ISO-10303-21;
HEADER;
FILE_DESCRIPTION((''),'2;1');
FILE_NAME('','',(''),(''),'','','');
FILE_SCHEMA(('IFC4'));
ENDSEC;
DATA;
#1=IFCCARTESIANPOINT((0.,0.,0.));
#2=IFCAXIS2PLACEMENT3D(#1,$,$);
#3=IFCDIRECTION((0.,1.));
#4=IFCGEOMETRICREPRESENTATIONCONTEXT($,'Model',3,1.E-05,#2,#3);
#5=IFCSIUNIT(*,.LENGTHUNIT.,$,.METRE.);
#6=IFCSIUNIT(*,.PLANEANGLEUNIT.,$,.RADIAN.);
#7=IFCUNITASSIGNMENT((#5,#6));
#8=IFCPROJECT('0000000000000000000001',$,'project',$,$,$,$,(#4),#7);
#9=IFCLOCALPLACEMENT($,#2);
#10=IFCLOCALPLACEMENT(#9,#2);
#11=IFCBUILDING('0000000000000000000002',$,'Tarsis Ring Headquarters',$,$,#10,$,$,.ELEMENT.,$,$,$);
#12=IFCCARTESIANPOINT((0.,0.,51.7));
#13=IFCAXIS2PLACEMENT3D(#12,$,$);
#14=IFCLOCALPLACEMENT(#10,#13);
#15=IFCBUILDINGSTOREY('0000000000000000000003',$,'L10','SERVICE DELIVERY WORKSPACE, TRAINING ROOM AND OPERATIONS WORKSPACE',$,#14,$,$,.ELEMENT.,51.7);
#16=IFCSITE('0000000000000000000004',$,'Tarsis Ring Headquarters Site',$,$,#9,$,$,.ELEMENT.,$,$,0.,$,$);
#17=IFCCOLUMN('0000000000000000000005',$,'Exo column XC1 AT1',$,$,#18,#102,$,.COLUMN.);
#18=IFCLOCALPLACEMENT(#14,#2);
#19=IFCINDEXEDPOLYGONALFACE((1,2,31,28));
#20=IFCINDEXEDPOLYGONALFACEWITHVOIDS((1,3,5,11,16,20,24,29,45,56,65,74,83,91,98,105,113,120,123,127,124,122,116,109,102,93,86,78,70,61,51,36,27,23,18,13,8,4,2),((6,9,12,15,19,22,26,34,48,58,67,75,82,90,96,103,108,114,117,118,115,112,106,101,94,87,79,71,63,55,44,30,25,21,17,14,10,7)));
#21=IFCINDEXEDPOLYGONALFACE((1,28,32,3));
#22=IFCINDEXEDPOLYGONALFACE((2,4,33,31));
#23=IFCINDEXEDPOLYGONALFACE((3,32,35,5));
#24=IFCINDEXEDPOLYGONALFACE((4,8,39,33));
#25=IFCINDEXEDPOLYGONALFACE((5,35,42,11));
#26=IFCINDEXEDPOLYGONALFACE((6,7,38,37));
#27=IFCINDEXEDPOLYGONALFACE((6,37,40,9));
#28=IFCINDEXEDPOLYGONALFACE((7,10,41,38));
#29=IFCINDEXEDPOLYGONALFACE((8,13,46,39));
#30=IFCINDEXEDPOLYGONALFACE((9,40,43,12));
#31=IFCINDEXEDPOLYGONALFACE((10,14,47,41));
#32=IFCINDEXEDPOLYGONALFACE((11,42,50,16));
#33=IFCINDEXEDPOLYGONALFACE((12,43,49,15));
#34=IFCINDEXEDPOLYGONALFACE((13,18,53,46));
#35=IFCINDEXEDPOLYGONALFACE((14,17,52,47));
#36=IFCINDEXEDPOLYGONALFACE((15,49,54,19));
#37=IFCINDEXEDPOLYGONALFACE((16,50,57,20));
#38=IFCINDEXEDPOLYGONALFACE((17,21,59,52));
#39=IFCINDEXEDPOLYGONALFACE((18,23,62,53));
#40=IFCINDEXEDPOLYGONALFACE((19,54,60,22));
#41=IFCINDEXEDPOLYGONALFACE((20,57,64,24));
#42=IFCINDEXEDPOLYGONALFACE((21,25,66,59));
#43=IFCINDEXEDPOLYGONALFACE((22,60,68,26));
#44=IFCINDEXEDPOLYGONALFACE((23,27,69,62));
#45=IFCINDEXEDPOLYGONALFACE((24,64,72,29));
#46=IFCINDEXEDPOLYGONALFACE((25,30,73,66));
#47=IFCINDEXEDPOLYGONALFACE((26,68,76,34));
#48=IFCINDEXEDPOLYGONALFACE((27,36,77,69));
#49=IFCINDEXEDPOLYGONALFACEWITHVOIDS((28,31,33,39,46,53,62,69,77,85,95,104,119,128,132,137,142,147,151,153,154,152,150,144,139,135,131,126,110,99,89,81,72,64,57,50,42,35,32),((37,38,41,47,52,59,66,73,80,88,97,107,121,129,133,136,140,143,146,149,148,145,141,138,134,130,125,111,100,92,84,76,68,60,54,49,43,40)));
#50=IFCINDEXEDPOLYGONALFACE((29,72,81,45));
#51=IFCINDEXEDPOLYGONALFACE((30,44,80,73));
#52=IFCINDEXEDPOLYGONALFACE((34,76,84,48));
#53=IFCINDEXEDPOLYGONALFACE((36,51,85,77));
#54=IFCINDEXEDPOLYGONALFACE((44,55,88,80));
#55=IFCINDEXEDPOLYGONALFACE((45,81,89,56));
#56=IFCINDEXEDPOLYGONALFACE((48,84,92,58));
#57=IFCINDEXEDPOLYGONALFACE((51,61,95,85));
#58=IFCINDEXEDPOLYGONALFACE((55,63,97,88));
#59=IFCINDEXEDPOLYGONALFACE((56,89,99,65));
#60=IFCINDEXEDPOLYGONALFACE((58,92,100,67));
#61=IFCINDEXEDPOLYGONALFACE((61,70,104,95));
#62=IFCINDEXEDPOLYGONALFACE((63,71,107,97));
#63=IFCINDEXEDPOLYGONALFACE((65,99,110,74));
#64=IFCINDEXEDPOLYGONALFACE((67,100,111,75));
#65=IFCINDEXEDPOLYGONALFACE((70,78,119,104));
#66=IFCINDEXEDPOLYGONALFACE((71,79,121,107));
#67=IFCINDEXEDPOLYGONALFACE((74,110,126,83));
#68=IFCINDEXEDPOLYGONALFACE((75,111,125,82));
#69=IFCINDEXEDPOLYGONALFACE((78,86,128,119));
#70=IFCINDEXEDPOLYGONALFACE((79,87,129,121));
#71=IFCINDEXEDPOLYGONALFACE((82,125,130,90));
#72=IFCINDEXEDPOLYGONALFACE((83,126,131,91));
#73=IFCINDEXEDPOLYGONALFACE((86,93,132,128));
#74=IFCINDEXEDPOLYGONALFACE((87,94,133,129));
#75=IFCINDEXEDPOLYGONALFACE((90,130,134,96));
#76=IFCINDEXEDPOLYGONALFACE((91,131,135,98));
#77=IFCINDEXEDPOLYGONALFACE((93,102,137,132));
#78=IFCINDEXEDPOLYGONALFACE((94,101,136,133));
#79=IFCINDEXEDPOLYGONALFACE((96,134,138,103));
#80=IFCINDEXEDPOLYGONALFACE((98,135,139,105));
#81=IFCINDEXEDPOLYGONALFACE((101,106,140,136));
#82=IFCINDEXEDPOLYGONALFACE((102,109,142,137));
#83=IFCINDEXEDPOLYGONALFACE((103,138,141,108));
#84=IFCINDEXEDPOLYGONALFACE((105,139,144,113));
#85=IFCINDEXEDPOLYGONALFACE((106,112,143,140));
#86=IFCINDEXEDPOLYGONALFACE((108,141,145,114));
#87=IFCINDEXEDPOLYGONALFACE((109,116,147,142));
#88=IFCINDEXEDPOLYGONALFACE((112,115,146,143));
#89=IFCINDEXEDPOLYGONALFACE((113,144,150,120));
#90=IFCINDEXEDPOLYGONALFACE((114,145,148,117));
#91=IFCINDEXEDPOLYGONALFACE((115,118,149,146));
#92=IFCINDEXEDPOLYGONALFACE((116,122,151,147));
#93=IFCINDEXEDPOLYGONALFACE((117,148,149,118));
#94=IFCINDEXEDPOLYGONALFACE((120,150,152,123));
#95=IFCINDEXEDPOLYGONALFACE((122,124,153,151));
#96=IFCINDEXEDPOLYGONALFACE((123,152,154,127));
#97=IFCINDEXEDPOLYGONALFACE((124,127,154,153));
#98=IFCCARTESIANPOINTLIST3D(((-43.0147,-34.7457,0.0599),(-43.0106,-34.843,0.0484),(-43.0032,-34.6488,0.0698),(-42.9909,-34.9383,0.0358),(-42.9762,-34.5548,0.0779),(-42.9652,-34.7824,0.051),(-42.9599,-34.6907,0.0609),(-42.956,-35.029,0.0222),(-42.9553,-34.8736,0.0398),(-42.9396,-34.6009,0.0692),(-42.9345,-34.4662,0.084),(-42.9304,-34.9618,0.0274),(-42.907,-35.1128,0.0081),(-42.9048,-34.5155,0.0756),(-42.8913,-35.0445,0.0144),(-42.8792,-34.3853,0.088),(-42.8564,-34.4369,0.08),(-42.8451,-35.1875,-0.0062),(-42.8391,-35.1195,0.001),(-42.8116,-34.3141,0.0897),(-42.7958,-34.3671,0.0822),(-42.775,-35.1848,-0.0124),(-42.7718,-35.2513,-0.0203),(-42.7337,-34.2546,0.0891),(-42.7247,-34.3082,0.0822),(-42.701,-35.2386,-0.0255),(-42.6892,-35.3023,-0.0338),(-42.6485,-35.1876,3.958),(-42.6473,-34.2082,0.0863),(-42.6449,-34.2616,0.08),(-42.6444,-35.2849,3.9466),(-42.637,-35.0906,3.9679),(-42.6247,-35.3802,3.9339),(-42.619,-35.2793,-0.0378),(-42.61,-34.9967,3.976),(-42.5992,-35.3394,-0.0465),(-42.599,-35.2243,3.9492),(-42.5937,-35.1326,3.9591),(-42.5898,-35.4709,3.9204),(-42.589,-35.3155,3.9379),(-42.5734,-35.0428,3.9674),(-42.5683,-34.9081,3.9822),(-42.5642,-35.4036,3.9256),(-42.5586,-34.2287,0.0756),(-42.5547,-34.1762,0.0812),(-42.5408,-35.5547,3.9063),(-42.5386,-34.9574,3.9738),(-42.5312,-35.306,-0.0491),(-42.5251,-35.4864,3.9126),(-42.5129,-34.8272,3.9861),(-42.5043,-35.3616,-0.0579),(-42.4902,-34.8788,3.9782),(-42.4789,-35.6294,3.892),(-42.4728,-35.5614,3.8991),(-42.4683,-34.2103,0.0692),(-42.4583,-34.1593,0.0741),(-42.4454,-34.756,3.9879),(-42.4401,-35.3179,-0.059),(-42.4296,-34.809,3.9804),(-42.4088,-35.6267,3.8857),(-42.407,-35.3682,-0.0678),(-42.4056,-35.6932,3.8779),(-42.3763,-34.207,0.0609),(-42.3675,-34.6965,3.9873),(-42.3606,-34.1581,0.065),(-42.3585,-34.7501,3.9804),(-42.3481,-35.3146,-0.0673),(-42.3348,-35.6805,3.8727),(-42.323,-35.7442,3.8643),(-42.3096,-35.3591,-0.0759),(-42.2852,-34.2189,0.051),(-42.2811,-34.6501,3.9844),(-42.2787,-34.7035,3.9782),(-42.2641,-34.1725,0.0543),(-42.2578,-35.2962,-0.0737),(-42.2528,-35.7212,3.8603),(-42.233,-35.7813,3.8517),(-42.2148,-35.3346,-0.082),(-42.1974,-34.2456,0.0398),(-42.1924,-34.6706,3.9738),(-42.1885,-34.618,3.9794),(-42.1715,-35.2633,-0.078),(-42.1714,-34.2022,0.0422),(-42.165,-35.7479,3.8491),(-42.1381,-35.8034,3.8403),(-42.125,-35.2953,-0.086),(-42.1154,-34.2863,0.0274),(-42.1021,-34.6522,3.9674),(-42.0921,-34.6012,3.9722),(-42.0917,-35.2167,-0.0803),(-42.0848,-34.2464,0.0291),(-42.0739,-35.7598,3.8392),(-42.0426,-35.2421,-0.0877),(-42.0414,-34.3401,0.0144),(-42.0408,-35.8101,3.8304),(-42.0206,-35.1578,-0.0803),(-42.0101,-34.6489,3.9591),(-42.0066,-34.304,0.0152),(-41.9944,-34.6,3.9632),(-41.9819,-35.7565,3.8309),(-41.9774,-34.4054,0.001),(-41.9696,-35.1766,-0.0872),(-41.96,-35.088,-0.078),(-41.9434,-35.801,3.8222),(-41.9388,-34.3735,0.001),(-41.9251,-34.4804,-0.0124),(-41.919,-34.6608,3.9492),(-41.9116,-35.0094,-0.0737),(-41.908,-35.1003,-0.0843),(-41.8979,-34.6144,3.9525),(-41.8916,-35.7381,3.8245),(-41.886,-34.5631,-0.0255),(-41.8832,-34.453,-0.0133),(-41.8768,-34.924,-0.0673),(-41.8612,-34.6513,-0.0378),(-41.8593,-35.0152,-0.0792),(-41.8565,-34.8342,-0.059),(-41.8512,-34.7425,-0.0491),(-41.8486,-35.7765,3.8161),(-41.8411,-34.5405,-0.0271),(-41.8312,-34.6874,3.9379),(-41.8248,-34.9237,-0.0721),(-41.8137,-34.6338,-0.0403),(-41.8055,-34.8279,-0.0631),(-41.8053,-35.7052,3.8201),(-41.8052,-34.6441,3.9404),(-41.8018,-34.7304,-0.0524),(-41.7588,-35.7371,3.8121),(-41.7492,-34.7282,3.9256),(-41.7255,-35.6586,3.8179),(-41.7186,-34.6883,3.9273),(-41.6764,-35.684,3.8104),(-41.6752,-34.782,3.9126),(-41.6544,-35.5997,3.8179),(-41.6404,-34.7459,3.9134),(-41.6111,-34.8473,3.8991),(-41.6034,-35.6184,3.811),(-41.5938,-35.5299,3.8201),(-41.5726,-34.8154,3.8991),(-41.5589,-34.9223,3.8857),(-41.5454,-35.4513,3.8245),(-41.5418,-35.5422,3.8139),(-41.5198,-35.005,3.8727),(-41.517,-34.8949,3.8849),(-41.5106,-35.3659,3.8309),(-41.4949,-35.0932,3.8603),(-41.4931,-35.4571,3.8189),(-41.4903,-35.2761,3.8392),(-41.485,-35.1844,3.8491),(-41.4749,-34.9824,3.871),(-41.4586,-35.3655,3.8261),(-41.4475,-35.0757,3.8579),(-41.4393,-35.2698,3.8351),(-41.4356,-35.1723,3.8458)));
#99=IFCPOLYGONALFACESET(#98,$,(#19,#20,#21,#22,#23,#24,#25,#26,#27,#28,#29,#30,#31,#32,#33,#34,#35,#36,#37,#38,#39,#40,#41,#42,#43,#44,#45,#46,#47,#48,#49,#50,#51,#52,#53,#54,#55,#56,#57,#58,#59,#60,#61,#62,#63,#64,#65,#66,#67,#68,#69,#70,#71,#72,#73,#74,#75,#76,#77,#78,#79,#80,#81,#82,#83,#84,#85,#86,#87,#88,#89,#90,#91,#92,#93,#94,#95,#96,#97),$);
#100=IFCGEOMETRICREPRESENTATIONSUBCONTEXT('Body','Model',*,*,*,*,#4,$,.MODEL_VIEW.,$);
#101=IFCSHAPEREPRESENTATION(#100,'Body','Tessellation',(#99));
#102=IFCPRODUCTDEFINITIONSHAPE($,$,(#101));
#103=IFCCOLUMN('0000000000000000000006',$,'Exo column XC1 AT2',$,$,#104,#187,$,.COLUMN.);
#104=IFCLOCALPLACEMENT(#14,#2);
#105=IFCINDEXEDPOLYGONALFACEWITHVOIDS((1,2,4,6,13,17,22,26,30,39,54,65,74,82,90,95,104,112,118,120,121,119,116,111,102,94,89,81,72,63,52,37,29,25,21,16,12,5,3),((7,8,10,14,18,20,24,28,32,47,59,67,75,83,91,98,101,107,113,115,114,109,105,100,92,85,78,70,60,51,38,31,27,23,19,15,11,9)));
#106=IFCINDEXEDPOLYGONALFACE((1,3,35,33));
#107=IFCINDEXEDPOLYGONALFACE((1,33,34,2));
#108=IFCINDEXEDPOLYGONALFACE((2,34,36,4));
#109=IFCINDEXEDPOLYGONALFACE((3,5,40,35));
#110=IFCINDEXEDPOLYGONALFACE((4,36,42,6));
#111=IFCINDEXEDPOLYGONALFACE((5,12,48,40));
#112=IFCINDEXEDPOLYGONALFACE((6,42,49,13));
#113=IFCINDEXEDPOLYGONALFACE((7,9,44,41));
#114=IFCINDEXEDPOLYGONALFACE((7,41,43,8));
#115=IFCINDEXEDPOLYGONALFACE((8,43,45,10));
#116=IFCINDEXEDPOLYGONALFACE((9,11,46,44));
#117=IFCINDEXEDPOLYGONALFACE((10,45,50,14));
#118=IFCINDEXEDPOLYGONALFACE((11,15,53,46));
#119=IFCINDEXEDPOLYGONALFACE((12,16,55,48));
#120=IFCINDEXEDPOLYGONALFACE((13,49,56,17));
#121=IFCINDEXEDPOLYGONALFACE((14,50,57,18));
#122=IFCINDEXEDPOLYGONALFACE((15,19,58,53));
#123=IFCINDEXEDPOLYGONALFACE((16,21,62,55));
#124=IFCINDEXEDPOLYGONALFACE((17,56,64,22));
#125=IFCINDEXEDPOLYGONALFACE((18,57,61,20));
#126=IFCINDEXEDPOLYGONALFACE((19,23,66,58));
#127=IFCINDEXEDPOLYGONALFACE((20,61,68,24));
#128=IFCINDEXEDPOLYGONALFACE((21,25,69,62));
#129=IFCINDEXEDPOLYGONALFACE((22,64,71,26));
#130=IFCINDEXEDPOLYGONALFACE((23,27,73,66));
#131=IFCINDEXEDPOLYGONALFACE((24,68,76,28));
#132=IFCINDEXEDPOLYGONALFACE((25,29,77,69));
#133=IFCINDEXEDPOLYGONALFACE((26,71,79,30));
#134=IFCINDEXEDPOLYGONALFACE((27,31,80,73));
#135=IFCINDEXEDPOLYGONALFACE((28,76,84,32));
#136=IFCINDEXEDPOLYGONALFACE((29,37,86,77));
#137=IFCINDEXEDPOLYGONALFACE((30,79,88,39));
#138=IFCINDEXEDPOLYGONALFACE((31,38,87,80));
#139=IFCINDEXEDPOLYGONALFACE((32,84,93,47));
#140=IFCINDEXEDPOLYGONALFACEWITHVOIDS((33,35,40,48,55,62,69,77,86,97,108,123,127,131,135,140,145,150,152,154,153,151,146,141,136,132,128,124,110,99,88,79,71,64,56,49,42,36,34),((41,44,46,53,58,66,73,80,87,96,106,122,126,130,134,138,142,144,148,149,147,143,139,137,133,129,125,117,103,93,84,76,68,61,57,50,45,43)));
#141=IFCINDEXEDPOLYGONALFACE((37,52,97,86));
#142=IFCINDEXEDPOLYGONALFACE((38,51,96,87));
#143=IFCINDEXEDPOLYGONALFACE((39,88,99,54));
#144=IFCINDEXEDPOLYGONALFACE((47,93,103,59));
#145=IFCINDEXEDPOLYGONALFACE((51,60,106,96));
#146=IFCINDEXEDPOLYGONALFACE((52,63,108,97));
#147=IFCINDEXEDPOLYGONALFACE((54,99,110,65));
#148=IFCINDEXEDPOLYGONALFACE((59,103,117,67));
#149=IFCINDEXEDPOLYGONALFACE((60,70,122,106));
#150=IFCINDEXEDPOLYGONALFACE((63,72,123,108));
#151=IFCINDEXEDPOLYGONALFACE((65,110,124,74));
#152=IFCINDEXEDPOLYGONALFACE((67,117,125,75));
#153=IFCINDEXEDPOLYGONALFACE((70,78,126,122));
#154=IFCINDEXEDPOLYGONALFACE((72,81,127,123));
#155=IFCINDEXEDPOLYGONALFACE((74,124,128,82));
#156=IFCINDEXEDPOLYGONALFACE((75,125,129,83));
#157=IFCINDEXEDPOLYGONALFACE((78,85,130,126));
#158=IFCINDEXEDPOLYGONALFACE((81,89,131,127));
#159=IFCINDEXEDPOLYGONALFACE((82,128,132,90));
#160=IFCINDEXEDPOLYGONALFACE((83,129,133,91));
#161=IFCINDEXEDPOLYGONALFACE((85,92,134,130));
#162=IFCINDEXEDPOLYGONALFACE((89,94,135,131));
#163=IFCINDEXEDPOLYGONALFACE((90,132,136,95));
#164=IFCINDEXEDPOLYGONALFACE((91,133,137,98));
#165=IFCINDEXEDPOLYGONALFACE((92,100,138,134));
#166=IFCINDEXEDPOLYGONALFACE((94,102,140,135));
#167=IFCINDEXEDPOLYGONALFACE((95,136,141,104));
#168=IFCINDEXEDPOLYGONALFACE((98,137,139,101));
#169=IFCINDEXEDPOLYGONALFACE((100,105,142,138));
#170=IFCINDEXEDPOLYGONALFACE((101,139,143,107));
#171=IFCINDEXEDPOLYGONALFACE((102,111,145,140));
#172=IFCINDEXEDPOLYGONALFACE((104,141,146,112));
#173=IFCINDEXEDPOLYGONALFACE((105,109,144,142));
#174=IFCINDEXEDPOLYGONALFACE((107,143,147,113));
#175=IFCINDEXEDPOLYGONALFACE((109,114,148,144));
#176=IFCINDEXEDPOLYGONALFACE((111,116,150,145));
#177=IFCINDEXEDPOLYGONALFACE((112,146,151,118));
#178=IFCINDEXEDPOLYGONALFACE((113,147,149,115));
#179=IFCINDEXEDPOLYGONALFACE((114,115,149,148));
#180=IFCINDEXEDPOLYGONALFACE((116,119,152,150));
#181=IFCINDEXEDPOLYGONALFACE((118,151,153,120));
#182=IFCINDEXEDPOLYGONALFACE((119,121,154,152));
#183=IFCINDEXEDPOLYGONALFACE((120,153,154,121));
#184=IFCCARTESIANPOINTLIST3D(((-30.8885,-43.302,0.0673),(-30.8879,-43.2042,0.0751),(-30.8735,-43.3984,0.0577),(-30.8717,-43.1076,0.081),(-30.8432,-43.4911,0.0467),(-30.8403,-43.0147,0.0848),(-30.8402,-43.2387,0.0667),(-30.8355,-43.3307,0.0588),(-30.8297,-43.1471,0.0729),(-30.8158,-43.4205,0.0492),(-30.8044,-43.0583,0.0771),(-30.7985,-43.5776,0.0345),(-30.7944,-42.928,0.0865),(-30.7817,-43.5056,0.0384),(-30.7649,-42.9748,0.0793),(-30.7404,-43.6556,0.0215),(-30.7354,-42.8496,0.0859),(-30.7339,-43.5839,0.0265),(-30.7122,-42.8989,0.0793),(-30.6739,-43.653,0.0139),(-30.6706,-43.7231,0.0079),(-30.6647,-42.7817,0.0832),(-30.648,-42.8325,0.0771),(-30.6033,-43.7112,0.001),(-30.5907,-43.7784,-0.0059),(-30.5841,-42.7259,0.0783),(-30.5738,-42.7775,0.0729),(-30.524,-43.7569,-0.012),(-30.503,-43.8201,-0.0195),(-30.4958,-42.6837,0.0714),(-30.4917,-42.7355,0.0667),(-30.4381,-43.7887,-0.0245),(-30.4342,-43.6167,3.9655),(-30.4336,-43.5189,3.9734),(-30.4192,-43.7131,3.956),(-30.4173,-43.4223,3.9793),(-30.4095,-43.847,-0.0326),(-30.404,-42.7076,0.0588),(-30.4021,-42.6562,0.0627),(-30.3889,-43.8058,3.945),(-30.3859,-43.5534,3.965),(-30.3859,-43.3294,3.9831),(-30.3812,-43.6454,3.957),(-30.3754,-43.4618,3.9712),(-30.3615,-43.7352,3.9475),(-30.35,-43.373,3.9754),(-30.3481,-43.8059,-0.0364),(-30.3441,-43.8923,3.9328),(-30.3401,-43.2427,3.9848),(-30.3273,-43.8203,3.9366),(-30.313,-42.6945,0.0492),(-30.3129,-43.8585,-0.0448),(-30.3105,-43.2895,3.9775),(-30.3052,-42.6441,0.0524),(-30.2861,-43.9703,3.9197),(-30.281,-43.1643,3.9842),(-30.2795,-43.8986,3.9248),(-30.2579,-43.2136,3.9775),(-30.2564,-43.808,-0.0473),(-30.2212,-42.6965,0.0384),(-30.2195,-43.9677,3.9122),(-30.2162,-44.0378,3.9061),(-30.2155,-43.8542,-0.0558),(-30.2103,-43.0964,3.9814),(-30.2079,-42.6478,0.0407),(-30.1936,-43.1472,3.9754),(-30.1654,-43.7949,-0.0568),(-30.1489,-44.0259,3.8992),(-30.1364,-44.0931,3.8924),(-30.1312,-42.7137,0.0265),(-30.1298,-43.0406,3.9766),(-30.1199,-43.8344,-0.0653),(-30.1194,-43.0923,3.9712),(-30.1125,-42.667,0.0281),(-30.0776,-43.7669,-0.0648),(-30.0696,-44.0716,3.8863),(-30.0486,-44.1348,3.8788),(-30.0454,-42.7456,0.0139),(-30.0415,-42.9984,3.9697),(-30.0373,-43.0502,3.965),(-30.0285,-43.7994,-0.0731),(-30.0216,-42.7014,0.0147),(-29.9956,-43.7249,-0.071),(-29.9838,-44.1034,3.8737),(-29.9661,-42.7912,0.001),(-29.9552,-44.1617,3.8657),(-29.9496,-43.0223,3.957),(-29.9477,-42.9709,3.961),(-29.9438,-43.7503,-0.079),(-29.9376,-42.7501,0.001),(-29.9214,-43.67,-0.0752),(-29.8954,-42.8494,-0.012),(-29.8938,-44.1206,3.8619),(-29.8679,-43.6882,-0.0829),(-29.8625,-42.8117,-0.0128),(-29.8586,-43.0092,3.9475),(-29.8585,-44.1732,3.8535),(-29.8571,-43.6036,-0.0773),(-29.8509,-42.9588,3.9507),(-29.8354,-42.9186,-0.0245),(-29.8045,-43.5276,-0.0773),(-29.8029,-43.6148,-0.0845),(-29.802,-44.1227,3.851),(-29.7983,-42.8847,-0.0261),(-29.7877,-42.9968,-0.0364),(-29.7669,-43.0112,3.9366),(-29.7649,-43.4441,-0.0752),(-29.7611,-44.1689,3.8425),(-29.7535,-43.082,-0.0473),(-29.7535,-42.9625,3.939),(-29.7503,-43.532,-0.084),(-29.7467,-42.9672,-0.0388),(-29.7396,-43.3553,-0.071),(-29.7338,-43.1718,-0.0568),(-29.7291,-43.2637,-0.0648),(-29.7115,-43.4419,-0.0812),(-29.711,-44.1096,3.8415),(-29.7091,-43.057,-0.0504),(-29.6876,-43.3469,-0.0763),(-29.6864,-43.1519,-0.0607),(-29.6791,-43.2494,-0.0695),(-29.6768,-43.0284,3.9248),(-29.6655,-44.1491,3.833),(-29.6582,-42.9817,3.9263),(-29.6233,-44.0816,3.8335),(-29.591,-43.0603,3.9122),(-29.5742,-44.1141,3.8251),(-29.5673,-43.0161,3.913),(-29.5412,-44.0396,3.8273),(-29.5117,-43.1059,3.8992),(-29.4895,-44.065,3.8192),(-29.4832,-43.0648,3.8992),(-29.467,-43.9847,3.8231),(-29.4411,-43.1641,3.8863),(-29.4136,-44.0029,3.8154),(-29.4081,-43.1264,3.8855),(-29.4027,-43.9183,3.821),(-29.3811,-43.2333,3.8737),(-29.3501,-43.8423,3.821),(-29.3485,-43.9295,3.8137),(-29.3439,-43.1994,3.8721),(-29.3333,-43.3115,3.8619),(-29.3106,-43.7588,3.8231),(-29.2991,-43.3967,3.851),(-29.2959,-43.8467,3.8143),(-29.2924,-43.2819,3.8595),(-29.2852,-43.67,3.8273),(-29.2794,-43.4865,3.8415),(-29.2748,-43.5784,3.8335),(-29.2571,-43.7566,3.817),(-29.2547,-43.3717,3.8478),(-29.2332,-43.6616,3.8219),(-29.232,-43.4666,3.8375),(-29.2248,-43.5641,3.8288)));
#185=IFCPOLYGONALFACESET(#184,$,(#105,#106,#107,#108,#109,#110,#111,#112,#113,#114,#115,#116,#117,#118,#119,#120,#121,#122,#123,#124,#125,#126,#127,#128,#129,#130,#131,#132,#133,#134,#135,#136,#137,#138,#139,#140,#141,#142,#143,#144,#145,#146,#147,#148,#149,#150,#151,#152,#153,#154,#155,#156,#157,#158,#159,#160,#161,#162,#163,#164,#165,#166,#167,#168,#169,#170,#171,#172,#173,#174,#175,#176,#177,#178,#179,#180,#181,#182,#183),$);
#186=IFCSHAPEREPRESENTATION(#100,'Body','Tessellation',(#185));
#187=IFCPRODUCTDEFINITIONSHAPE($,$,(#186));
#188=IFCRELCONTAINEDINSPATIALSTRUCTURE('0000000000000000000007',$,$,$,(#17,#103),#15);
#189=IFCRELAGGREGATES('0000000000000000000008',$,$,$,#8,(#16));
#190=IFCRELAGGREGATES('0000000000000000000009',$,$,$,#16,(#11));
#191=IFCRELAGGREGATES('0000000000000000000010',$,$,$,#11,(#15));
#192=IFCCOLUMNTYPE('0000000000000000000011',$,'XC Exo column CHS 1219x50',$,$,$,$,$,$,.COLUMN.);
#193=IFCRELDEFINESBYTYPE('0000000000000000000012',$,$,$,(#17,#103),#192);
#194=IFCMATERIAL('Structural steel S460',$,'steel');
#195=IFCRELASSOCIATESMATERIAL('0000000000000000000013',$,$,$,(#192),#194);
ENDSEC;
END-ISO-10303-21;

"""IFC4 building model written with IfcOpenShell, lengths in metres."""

from ifc_helpers import new_model, si_unit, direction, frame, origin, origin_2d, place, context, subcontext, project, spatial, hollow_circle, extrude, material, material_profile, profile_set, type_object, element, save


model = new_model("IFC4")

# Units and contexts
model_context = context("Model", 3, precision=1e-05, world=origin(), true_north=direction((0.0, 1.0)))
body_context = subcontext(model_context, "Body", "Model", "MODEL_VIEW")
ifc_project = project(units=[si_unit("LENGTHUNIT", "METRE"), si_unit("PLANEANGLEUNIT", "RADIAN")], contexts=[model_context])

# Site, building, storey
site_placement = place(None, origin())
site = spatial("IfcSite", under=ifc_project, at=site_placement, Name="Tarsis Ring Headquarters Site", CompositionType="ELEMENT", RefElevation=0.0)
building_placement = place(site_placement, origin())
building = spatial("IfcBuilding", under=site, at=building_placement, Name="Tarsis Ring Headquarters", CompositionType="ELEMENT")
storey_placement = place(building_placement, frame((0.0, 0.0, 51.7)))
storey = spatial("IfcBuildingStorey", under=building, at=storey_placement, Name="L10", Description="SERVICE DELIVERY WORKSPACE, TRAINING ROOM AND OPERATIONS WORKSPACE", CompositionType="ELEMENT", Elevation=51.7)

# Columns
ifc_material_1 = material(Name="Structural steel S460", Category="steel")
ifc_material_profile_1 = material_profile(ifc_material_1, hollow_circle(Radius=0.6096, WallThickness=0.05, at=origin_2d()), Name="CHS 1219x50")
ifc_profile_set_1 = profile_set([ifc_material_profile_1], Name="Structural steel S460")
column_type = type_object("IfcColumnType", Name="XC Exo column CHS 1219x50", PredefinedType="COLUMN", material=ifc_profile_set_1)
column_1_placement = place(storey_placement, frame((-42.4082, -34.7625, 0.001), z_axis=(0.092942, -0.11215, 0.989335), x_axis=(0.769962, 0.63809, 0.0)))
element("IfcColumn", 1, at=column_1_placement, inside=storey, type_object=column_type, Name="Exo column XC1 AT1", PredefinedType="COLUMN", context=body_context, shape_type="SweptSolid", body=[
    extrude(hollow_circle(Radius=0.6096, WallThickness=0.05, at=origin_2d()), origin(), (0.0, 0.0, 1.0), 3.9402),
])
column_2_placement = place(storey_placement, frame((-30.2847, -43.2512, 0.001), z_axis=(0.115399, -0.07993, 0.990098), x_axis=(0.569394, 0.822065, 0.0)))
element("IfcColumn", 2, at=column_2_placement, inside=storey, type_object=column_type, Name="Exo column XC1 AT2", PredefinedType="COLUMN", context=body_context, shape_type="SweptSolid", body=[
    extrude(hollow_circle(Radius=0.6096, WallThickness=0.05, at=origin_2d()), origin(), (0.0, 0.0, 1.0), 3.9373),
])

save(model, "model.ifc")
